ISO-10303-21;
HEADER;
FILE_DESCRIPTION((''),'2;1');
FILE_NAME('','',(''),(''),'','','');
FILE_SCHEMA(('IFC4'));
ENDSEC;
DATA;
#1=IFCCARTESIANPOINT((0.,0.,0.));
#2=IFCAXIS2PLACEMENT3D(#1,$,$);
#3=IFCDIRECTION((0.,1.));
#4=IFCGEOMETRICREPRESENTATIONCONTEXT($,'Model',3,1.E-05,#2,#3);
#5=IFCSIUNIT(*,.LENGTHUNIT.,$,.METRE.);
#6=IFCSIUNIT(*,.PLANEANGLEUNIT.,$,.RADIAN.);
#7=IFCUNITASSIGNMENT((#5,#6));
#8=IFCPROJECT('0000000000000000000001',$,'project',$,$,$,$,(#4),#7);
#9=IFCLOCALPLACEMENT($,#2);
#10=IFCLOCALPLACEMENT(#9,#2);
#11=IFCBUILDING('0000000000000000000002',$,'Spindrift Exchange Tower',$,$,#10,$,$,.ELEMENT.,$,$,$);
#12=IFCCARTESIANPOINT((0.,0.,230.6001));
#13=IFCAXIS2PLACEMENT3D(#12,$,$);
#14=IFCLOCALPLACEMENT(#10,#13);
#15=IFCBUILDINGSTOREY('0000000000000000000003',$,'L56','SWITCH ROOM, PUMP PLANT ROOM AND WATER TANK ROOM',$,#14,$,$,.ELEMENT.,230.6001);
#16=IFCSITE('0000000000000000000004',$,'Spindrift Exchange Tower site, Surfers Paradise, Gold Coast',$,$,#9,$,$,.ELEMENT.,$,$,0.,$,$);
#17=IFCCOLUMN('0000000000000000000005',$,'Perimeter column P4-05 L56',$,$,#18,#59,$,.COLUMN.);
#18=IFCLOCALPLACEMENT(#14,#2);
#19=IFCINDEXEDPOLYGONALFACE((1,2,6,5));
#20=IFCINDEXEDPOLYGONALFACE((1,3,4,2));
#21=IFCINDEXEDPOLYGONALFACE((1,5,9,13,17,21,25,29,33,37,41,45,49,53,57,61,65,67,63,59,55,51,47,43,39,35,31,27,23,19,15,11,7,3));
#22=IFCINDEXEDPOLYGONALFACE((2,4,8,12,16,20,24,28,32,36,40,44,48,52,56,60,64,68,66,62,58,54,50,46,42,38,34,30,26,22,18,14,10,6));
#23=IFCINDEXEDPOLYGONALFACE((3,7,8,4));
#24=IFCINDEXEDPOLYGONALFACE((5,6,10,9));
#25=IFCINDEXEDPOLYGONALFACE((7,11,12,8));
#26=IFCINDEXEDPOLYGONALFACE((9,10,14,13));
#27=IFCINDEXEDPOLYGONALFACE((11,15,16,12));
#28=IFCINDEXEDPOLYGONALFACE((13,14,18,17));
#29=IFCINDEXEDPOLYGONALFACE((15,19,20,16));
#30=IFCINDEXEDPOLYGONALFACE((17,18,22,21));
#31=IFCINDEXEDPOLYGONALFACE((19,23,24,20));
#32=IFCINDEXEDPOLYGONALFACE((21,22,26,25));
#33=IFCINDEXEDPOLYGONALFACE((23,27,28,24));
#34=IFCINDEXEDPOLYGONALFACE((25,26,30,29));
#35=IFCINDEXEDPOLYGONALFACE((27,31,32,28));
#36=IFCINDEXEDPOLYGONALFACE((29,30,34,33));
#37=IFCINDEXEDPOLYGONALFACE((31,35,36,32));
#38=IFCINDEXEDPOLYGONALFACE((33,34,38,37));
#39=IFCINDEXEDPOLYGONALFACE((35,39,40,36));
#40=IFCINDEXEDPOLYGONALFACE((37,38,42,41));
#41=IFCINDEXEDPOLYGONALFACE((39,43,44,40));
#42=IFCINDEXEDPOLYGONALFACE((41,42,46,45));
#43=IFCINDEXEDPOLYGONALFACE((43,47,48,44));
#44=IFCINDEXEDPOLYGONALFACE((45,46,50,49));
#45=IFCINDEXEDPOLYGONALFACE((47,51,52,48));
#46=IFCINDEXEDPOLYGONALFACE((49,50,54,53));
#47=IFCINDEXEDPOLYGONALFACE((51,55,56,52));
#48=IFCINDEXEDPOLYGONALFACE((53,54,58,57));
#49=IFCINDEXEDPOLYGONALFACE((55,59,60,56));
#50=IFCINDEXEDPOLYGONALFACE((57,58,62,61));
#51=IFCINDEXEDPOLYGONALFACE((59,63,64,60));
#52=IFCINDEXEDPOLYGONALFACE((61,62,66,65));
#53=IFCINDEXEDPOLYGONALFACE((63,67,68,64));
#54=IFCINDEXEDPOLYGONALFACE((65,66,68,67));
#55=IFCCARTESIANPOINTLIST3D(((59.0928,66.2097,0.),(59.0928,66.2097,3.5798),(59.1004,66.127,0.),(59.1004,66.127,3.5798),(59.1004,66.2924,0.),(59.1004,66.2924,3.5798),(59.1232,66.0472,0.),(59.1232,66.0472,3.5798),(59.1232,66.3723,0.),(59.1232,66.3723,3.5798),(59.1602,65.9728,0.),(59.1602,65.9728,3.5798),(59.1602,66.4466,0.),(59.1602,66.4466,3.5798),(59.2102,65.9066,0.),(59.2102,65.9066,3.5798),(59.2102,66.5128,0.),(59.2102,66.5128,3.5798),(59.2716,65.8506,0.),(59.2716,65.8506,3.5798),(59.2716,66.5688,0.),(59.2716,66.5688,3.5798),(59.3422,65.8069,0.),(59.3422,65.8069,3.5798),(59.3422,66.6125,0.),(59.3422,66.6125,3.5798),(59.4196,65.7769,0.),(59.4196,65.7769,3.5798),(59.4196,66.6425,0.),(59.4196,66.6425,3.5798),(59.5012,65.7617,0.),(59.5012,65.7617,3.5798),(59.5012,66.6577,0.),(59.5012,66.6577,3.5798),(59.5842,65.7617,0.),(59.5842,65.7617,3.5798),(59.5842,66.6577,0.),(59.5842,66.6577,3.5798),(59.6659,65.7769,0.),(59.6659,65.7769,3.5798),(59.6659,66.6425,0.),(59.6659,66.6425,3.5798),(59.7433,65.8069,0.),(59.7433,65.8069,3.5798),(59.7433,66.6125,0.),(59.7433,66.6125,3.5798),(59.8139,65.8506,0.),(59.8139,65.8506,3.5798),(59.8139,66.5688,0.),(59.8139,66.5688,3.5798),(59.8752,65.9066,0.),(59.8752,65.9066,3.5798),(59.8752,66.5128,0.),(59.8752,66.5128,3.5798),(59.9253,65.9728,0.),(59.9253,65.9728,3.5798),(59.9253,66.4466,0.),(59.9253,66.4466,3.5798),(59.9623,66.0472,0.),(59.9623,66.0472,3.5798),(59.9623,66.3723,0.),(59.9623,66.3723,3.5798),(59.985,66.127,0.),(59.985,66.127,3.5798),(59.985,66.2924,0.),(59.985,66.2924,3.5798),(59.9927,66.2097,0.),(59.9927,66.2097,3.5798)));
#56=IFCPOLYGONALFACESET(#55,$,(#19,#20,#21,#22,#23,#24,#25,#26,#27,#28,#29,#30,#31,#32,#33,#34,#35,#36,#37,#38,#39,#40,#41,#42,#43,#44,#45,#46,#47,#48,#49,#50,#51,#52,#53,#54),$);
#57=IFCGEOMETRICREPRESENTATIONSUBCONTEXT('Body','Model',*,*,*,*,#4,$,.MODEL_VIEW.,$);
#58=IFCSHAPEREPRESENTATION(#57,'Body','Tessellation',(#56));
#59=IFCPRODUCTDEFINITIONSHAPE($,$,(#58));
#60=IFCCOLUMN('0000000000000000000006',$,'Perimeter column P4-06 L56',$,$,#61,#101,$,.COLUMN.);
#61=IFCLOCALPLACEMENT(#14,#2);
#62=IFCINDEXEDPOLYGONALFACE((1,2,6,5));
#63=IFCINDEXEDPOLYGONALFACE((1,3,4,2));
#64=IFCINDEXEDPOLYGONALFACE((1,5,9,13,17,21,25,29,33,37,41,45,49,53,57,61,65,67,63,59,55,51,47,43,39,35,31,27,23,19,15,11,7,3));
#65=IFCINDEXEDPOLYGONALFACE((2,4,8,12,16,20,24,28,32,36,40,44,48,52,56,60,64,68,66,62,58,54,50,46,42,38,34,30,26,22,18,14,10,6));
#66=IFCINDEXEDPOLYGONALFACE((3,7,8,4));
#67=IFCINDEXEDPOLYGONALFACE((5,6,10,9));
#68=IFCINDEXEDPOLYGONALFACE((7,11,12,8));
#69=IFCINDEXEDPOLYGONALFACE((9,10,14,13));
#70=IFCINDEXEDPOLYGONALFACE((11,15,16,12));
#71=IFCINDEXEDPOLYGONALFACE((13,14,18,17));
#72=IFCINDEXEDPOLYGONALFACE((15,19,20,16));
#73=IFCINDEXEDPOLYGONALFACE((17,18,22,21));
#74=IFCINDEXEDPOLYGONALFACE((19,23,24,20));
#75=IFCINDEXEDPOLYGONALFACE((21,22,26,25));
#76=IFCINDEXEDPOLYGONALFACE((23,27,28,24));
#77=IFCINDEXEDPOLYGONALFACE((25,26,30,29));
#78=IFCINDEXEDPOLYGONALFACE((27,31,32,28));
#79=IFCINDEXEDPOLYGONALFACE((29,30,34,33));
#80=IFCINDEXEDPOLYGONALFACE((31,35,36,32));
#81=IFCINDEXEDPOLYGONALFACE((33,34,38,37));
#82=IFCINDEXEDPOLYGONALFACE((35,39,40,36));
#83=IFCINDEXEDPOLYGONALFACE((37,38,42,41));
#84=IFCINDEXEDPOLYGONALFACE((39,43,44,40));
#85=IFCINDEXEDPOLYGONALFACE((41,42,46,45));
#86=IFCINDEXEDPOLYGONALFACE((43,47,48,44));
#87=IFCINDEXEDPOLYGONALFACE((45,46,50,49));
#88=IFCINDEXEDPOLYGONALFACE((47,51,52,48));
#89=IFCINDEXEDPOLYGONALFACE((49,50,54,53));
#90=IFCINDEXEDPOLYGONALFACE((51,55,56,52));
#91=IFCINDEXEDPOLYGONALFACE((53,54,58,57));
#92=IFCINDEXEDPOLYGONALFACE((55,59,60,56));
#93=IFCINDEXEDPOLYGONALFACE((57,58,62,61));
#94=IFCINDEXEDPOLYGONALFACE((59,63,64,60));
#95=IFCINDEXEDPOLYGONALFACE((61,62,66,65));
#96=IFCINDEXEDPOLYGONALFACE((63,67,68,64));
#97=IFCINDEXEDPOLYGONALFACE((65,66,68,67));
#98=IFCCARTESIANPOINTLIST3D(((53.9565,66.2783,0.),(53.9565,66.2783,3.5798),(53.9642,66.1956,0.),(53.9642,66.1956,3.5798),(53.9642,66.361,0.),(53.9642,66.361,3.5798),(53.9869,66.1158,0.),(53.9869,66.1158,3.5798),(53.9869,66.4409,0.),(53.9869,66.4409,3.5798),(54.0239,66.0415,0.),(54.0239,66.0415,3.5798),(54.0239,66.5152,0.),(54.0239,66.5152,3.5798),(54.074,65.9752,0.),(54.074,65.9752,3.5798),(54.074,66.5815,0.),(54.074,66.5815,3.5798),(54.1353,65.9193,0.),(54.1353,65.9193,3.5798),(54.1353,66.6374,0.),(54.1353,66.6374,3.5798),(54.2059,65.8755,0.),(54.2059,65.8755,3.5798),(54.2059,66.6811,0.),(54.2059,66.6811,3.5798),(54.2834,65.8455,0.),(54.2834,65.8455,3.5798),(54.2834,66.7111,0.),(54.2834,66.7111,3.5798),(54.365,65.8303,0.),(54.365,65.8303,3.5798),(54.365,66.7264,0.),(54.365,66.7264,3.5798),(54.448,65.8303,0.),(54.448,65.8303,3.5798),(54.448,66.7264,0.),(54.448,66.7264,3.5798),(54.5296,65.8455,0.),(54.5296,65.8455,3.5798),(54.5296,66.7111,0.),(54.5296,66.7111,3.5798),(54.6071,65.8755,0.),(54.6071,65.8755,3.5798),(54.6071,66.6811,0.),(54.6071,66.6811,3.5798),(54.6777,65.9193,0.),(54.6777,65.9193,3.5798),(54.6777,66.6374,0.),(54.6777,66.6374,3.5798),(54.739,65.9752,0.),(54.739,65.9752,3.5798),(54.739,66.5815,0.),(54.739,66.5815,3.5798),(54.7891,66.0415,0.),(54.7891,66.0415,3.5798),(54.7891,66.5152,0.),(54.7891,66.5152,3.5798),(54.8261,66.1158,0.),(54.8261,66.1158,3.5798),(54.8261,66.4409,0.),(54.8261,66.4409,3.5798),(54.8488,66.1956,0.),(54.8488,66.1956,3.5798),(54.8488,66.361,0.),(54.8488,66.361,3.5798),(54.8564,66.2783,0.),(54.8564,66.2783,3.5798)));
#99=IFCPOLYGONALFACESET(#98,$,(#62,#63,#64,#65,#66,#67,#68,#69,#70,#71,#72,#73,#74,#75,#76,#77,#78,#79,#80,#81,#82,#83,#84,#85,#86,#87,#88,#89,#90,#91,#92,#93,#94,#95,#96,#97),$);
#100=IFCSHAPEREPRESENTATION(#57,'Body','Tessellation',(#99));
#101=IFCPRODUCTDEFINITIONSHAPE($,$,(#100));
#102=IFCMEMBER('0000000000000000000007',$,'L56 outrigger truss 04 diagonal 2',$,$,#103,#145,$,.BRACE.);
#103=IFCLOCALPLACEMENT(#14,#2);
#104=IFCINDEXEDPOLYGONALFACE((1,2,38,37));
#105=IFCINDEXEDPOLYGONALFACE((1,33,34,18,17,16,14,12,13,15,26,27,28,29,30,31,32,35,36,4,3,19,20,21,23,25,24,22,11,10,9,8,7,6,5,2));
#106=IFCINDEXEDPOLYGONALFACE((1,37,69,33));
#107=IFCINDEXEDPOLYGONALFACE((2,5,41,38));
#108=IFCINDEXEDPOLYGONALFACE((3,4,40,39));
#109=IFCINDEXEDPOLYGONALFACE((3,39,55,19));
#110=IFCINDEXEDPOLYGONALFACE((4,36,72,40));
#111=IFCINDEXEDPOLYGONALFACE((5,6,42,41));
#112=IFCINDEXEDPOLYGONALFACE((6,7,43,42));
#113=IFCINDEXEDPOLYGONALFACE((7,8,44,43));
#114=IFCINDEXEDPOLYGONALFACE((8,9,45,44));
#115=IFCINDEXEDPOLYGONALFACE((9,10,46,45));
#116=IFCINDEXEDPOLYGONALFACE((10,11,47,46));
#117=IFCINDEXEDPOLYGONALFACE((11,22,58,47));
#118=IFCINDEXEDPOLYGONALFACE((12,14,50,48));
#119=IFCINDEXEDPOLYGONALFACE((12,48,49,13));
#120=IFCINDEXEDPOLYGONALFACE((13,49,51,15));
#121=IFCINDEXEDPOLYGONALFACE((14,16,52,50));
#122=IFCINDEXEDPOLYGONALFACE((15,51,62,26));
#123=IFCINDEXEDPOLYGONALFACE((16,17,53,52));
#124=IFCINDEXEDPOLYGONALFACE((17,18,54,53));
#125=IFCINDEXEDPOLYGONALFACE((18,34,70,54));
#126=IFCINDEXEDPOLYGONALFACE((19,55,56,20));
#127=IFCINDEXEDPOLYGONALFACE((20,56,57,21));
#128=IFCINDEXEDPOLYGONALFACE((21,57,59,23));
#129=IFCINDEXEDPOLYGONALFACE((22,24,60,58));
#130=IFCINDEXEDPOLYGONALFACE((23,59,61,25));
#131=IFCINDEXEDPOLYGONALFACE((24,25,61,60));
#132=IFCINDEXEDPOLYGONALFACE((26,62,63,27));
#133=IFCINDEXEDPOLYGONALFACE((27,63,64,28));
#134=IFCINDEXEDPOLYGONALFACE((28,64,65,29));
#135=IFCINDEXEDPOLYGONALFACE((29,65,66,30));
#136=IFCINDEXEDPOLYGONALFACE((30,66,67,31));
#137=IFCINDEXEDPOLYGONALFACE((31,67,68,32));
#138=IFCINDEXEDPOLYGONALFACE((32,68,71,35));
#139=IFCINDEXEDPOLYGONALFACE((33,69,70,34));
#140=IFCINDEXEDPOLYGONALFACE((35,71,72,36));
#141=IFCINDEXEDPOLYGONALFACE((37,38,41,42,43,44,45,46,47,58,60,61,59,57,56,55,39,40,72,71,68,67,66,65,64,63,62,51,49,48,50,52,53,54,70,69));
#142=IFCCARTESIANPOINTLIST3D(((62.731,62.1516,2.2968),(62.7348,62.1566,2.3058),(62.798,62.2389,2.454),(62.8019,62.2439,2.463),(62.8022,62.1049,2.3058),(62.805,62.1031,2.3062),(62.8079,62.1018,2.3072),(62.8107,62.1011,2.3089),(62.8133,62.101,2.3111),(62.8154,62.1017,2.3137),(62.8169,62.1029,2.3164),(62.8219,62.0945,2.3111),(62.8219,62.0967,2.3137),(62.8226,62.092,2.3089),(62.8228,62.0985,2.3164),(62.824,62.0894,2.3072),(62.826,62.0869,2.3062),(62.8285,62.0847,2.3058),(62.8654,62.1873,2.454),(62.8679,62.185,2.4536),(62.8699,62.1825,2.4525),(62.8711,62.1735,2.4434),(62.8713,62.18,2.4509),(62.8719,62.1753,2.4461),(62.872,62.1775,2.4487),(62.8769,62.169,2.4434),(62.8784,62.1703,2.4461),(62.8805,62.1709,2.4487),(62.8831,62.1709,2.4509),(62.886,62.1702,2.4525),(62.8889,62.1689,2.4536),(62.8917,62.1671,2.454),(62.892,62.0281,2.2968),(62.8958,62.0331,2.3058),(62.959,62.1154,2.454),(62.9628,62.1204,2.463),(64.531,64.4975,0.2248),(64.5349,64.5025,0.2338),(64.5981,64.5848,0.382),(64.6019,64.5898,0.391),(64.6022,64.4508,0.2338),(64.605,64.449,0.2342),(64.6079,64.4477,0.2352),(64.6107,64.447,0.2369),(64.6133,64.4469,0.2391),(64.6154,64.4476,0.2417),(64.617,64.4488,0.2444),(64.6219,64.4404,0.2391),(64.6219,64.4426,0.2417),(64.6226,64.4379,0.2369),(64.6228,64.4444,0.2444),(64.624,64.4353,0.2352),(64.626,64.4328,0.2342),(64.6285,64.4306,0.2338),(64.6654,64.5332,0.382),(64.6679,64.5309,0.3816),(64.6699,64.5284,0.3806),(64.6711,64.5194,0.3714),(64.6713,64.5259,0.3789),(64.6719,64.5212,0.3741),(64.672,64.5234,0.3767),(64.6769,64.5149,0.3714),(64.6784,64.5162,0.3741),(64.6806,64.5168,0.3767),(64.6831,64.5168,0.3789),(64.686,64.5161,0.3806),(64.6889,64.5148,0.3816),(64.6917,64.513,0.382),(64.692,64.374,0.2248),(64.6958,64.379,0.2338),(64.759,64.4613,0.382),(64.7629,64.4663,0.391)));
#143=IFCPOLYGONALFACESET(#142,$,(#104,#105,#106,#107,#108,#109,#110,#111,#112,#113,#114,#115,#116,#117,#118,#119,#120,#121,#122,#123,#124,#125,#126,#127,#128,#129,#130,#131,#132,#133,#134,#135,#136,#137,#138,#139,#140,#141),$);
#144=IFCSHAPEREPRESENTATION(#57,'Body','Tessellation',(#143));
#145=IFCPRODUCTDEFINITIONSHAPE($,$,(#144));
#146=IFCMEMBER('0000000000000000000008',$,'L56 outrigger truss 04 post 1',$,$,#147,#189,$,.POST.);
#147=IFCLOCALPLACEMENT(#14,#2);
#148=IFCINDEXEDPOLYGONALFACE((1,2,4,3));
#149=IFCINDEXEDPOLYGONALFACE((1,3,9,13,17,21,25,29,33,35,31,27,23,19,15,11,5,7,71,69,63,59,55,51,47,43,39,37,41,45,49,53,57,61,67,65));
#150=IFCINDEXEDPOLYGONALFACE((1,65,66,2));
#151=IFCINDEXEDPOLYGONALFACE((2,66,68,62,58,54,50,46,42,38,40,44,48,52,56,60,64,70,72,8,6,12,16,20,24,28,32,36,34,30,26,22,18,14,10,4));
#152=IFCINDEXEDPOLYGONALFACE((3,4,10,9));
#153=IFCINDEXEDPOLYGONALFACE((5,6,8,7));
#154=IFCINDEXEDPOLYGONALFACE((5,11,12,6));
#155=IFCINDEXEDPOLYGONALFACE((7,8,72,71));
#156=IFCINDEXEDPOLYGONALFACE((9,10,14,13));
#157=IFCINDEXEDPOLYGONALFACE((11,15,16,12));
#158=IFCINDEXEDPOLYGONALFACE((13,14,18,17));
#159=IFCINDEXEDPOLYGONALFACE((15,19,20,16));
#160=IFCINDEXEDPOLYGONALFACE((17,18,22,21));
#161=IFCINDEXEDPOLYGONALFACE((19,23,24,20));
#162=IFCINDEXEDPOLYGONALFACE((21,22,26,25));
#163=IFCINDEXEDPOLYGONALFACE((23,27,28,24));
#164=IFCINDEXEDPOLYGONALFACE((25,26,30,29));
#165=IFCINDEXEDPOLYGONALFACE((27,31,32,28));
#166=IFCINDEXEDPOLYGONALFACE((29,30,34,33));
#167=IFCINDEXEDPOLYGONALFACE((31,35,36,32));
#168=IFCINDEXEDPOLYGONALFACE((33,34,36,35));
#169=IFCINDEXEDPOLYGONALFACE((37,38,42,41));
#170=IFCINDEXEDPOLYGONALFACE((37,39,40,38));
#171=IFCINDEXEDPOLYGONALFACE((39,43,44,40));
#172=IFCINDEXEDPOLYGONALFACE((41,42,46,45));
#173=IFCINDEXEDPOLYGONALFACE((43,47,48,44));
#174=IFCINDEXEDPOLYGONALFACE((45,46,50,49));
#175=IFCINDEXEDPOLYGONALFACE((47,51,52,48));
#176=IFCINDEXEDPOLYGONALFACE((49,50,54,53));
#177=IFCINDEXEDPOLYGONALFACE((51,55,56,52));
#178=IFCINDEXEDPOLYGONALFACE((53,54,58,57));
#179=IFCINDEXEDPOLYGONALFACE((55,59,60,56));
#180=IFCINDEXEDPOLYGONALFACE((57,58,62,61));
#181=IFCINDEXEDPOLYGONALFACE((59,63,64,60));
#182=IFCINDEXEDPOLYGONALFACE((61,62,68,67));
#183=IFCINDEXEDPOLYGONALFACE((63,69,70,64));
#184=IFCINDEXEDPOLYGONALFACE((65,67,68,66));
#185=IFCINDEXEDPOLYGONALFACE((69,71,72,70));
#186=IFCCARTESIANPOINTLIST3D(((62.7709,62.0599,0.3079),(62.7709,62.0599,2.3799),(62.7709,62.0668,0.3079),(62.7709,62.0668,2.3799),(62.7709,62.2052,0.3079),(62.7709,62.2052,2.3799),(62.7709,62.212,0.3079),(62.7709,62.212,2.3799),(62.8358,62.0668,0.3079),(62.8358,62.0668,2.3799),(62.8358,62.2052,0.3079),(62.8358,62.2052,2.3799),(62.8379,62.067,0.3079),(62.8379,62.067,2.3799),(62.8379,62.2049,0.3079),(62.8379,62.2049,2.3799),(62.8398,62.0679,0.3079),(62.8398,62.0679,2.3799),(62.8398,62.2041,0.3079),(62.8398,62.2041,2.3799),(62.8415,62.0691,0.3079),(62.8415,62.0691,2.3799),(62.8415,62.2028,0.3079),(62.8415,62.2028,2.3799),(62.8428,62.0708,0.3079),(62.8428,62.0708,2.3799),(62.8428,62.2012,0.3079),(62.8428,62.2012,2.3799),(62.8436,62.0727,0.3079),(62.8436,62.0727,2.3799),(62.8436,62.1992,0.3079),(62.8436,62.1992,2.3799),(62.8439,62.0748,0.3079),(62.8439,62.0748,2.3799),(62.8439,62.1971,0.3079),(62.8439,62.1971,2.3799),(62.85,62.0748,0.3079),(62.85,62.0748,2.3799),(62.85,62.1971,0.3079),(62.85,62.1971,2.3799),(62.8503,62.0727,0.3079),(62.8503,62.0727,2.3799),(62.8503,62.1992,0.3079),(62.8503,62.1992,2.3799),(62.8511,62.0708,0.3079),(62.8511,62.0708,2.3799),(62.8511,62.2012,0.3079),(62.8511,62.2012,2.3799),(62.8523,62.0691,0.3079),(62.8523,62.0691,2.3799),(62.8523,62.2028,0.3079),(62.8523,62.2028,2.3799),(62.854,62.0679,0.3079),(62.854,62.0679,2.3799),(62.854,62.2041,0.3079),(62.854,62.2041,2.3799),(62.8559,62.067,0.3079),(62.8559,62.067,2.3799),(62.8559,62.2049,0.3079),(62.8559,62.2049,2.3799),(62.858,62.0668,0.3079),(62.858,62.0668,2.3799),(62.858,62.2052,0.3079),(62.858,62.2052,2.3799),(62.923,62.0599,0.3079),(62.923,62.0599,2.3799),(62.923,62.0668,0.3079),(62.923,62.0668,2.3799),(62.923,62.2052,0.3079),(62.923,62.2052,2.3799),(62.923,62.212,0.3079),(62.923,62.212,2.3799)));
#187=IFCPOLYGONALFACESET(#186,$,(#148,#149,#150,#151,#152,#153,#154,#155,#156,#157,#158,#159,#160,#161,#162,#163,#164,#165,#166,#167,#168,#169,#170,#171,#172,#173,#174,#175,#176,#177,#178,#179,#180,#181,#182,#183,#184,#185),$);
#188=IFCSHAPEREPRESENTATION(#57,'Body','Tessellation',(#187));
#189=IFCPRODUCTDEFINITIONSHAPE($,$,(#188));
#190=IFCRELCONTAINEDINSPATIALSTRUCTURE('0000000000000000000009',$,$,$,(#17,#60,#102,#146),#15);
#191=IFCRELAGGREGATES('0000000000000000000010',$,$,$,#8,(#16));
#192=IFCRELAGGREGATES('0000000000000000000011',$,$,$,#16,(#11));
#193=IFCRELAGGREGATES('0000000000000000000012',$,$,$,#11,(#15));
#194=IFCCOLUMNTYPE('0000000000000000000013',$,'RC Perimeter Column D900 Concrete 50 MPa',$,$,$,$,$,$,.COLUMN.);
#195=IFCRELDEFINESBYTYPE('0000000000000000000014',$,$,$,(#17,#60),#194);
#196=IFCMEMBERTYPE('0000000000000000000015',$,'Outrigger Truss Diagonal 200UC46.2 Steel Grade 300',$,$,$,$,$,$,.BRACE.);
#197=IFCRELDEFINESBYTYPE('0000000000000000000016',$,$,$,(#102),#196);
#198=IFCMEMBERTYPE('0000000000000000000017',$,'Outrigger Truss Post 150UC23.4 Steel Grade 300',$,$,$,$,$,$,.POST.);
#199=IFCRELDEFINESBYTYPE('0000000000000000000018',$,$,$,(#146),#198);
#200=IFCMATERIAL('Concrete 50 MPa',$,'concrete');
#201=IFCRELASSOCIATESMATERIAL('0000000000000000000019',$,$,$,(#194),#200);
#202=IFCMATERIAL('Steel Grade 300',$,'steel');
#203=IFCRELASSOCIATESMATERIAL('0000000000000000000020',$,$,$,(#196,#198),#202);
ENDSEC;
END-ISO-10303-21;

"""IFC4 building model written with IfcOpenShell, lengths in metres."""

from ifc_helpers import new_model, si_unit, direction, frame, origin, origin_2d, place, context, subcontext, project, spatial, circle, i_section, extrude, source, transform, mapped, material, material_profile, profile_set, type_object, element, save


model = new_model("IFC4")

# Units and contexts
model_context = context("Model", 3, precision=1e-05, world=origin(), true_north=direction((0.0, 1.0)))
body_context = subcontext(model_context, "Body", "Model", "MODEL_VIEW")
ifc_project = project(units=[si_unit("LENGTHUNIT", "METRE"), si_unit("PLANEANGLEUNIT", "RADIAN")], contexts=[model_context])

# Site, building, storey
site_placement = place(None, origin())
site = spatial("IfcSite", under=ifc_project, at=site_placement, Name="Spindrift Exchange Tower site, Surfers Paradise, Gold Coast", CompositionType="ELEMENT", RefElevation=0.0)
building_placement = place(site_placement, origin())
building = spatial("IfcBuilding", under=site, at=building_placement, Name="Spindrift Exchange Tower", CompositionType="ELEMENT")
storey_placement = place(building_placement, frame((0.0, 0.0, 230.6001)))
storey = spatial("IfcBuildingStorey", under=building, at=storey_placement, Name="L56", Description="SWITCH ROOM, PUMP PLANT ROOM AND WATER TANK ROOM", CompositionType="ELEMENT", Elevation=230.6001)

# Columns
ifc_material_1 = material(Name="Concrete 50 MPa", Category="concrete")
ifc_material_profile_1 = material_profile(ifc_material_1, circle(Radius=0.45, at=origin_2d()), Name="RC D900")
ifc_profile_set_1 = profile_set([ifc_material_profile_1], Name="Concrete 50 MPa")
column_type = type_object("IfcColumnType", Name="RC Perimeter Column D900 Concrete 50 MPa", PredefinedType="COLUMN", material=ifc_profile_set_1)
shared_shape_1 = source(origin(), body_context, "Body", "SweptSolid", [
    extrude(circle(Radius=0.45, at=origin_2d()), origin(), (0.0, 0.0, 1.0), 3.5798),
])
for number, where, z_axis, x_axis, name in (
    (1, (59.5427, 66.2097, 0.0), (0.0, 0.0, 1.0), (1.0, 0.0, 0.0), "Perimeter column P4-05 L56"),
    (2, (54.4065, 66.2783, 0.0), (0.0, 0.0, 1.0), (1.0, 0.0, 0.0), "Perimeter column P4-06 L56"),
):
    element("IfcColumn", number, at=place(storey_placement, frame(where, z_axis=z_axis, x_axis=x_axis)), inside=storey, type_object=column_type, Name=name, PredefinedType="COLUMN", context=body_context, shape_type="MappedRepresentation", body=[
        mapped(shared_shape_1, transform((0.0, 0.0, 0.0), scale=1.0)),
    ])

# Members
ifc_material_2 = material(Name="Steel Grade 300", Category="steel")
ifc_material_profile_2 = material_profile(ifc_material_2, i_section(OverallWidth=0.2029, OverallDepth=0.2029, WebThickness=0.0073, FlangeThickness=0.011, FilletRadius=0.0129, at=origin_2d()), Name="200UC46.2")
ifc_profile_set_2 = profile_set([ifc_material_profile_2], Name="Steel Grade 300")
member_type_1 = type_object("IfcMemberType", Name="Outrigger Truss Diagonal 200UC46.2 Steel Grade 300", PredefinedType="BRACE", material=ifc_profile_set_2)
shared_shape_2 = source(origin(), body_context, "Body", "SweptSolid", [
    extrude(i_section(OverallWidth=0.2029, OverallDepth=0.2029, WebThickness=0.0073, FlangeThickness=0.011, FilletRadius=0.0129, at=origin_2d()), origin(), (0.0, 0.0, 1.0), 3.6106),
])
member_1_placement = place(storey_placement, frame((62.8469, 62.136, 2.3799), z_axis=(0.498536, 0.649727, -0.573861), x_axis=(-0.793363, 0.608749, 0.0)))
element("IfcMember", 3, at=member_1_placement, inside=storey, type_object=member_type_1, Name="L56 outrigger truss 04 diagonal 2", PredefinedType="BRACE", context=body_context, shape_type="MappedRepresentation", body=[
    mapped(shared_shape_2, transform((0.0, 0.0, 0.0), scale=1.0)),
])
ifc_material_profile_3 = material_profile(ifc_material_2, i_section(OverallWidth=0.1521, OverallDepth=0.1521, WebThickness=0.0061, FlangeThickness=0.0068, FilletRadius=0.0081, at=origin_2d()), Name="150UC23.4")
ifc_profile_set_3 = profile_set([ifc_material_profile_3], Name="Steel Grade 300")
member_type_2 = type_object("IfcMemberType", Name="Outrigger Truss Post 150UC23.4 Steel Grade 300", PredefinedType="POST", material=ifc_profile_set_3)
shared_shape_3 = source(origin(), body_context, "Body", "SweptSolid", [
    extrude(i_section(OverallWidth=0.1521, OverallDepth=0.1521, WebThickness=0.0061, FlangeThickness=0.0068, FilletRadius=0.0081, at=origin_2d()), origin(), (0.0, 0.0, 1.0), 2.072),
])
member_2_placement = place(storey_placement, frame((62.8469, 62.136, 0.3079), z_axis=(0.0, 0.0, 1.0), x_axis=(1.0, 0.0, 0.0)))
element("IfcMember", 4, at=member_2_placement, inside=storey, type_object=member_type_2, Name="L56 outrigger truss 04 post 1", PredefinedType="POST", context=body_context, shape_type="MappedRepresentation", body=[
    mapped(shared_shape_3, transform((0.0, 0.0, 0.0), scale=1.0)),
])

save(model, "model.ifc")
